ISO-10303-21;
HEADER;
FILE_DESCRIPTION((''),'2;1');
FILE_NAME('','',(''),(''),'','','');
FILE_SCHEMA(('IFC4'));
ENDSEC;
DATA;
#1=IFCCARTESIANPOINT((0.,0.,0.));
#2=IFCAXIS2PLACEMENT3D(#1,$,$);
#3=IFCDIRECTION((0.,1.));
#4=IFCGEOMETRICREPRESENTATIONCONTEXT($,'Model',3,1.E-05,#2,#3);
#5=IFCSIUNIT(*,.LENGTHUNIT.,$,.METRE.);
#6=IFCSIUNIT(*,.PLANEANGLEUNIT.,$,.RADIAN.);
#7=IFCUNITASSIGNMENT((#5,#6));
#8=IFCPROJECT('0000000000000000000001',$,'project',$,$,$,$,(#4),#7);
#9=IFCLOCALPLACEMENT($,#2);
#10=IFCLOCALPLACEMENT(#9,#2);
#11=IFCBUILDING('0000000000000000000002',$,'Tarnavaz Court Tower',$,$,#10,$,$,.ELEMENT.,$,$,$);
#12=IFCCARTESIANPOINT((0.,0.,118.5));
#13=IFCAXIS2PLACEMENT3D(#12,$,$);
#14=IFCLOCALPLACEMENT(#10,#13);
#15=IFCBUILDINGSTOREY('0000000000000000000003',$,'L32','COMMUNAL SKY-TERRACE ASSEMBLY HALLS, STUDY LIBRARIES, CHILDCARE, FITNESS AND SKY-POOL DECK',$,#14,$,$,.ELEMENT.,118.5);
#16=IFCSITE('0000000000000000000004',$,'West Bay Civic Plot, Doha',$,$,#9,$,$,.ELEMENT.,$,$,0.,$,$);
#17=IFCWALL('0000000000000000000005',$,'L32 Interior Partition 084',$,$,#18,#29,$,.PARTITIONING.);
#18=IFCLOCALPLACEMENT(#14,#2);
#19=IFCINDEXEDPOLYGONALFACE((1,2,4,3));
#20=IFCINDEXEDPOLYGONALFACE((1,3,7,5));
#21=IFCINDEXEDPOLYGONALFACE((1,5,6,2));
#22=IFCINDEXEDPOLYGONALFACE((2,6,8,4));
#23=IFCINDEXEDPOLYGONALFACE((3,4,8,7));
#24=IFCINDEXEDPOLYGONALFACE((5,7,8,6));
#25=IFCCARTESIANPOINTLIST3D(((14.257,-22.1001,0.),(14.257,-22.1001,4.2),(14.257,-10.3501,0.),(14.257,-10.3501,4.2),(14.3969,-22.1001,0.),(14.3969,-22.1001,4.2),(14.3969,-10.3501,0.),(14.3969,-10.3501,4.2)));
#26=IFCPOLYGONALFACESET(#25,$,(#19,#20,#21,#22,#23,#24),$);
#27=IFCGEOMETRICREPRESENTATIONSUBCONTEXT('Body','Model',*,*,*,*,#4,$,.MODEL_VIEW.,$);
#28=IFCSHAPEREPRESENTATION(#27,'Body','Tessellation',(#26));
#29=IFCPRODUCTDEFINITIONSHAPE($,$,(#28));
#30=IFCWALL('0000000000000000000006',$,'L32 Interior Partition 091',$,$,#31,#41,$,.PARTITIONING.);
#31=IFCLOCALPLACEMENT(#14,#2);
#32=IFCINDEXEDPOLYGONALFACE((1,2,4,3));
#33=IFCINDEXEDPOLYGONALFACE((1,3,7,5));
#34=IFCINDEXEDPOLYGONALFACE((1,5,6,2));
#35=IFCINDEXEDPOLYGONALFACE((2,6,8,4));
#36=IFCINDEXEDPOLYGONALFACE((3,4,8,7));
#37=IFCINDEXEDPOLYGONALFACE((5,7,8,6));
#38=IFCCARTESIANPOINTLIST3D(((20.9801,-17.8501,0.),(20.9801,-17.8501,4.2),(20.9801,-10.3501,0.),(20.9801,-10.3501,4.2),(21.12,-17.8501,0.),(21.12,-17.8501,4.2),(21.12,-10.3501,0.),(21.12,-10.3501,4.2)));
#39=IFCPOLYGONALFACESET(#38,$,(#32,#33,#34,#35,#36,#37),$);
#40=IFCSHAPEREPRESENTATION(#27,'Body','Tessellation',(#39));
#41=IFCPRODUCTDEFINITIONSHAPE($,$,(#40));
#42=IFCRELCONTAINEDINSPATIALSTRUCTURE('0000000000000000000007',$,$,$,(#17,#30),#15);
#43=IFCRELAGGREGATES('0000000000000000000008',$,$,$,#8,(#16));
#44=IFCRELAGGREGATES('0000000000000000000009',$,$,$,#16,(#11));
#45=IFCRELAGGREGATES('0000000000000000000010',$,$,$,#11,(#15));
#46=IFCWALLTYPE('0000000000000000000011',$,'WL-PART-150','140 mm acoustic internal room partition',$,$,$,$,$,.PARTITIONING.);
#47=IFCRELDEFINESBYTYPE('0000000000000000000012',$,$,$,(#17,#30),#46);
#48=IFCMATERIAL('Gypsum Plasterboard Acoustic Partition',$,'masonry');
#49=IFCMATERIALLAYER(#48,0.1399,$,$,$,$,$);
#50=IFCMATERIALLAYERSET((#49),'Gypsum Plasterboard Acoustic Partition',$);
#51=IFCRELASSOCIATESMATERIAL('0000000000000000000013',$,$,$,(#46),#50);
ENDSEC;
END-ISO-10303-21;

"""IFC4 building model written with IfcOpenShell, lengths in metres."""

from ifc_helpers import new_model, si_unit, direction, frame, frame_2d, origin, place, context, subcontext, project, spatial, rectangle, extrude, material, layer, layer_set, type_object, element, save


model = new_model("IFC4")

# Units and contexts
model_context = context("Model", 3, precision=1e-05, world=origin(), true_north=direction((0.0, 1.0)))
body_context = subcontext(model_context, "Body", "Model", "MODEL_VIEW")
ifc_project = project(units=[si_unit("LENGTHUNIT", "METRE"), si_unit("PLANEANGLEUNIT", "RADIAN")], contexts=[model_context])

# Site, building, storey
site_placement = place(None, origin())
site = spatial("IfcSite", under=ifc_project, at=site_placement, Name="West Bay Civic Plot, Doha", CompositionType="ELEMENT", RefElevation=0.0)
building_placement = place(site_placement, origin())
building = spatial("IfcBuilding", under=site, at=building_placement, Name="Tarnavaz Court Tower", CompositionType="ELEMENT")
storey_placement = place(building_placement, frame((0.0, 0.0, 118.5)))
storey = spatial("IfcBuildingStorey", under=building, at=storey_placement, Name="L32", Description="COMMUNAL SKY-TERRACE ASSEMBLY HALLS, STUDY LIBRARIES, CHILDCARE, FITNESS AND SKY-POOL DECK", CompositionType="ELEMENT", Elevation=118.5)

# Walls
ifc_material_1 = material(Name="Gypsum Plasterboard Acoustic Partition", Category="masonry")
ifc_layer_1 = layer(ifc_material_1, 0.1399)
ifc_layer_set_1 = layer_set([ifc_layer_1], Name="Gypsum Plasterboard Acoustic Partition")
wall_type_1 = type_object("IfcWallType", Name="WL-PART-150", Description="140 mm acoustic internal room partition", PredefinedType="PARTITIONING", material=ifc_layer_set_1)
wall_1_placement = place(storey_placement, frame((14.3269, -22.1001, 0.0), z_axis=(0.0, 0.0, 1.0), x_axis=(0.0, 1.0, 0.0)))
element("IfcWall", 1, at=wall_1_placement, inside=storey, type_object=wall_type_1, Name="L32 Interior Partition 084", PredefinedType="PARTITIONING", context=body_context, shape_type="SweptSolid", body=[
    extrude(rectangle(XDim=11.75, YDim=0.1399, at=frame_2d((5.875, 0.0))), origin(), (0.0, 0.0, 1.0), 4.2),
])
wall_2_placement = place(storey_placement, frame((21.05, -17.8501, 0.0), z_axis=(0.0, 0.0, 1.0), x_axis=(0.0, 1.0, 0.0)))
element("IfcWall", 2, at=wall_2_placement, inside=storey, type_object=wall_type_1, Name="L32 Interior Partition 091", PredefinedType="PARTITIONING", context=body_context, shape_type="SweptSolid", body=[
    extrude(rectangle(XDim=7.5, YDim=0.1399, at=frame_2d((3.75, 0.0))), origin(), (0.0, 0.0, 1.0), 4.2),
])

save(model, "model.ifc")
